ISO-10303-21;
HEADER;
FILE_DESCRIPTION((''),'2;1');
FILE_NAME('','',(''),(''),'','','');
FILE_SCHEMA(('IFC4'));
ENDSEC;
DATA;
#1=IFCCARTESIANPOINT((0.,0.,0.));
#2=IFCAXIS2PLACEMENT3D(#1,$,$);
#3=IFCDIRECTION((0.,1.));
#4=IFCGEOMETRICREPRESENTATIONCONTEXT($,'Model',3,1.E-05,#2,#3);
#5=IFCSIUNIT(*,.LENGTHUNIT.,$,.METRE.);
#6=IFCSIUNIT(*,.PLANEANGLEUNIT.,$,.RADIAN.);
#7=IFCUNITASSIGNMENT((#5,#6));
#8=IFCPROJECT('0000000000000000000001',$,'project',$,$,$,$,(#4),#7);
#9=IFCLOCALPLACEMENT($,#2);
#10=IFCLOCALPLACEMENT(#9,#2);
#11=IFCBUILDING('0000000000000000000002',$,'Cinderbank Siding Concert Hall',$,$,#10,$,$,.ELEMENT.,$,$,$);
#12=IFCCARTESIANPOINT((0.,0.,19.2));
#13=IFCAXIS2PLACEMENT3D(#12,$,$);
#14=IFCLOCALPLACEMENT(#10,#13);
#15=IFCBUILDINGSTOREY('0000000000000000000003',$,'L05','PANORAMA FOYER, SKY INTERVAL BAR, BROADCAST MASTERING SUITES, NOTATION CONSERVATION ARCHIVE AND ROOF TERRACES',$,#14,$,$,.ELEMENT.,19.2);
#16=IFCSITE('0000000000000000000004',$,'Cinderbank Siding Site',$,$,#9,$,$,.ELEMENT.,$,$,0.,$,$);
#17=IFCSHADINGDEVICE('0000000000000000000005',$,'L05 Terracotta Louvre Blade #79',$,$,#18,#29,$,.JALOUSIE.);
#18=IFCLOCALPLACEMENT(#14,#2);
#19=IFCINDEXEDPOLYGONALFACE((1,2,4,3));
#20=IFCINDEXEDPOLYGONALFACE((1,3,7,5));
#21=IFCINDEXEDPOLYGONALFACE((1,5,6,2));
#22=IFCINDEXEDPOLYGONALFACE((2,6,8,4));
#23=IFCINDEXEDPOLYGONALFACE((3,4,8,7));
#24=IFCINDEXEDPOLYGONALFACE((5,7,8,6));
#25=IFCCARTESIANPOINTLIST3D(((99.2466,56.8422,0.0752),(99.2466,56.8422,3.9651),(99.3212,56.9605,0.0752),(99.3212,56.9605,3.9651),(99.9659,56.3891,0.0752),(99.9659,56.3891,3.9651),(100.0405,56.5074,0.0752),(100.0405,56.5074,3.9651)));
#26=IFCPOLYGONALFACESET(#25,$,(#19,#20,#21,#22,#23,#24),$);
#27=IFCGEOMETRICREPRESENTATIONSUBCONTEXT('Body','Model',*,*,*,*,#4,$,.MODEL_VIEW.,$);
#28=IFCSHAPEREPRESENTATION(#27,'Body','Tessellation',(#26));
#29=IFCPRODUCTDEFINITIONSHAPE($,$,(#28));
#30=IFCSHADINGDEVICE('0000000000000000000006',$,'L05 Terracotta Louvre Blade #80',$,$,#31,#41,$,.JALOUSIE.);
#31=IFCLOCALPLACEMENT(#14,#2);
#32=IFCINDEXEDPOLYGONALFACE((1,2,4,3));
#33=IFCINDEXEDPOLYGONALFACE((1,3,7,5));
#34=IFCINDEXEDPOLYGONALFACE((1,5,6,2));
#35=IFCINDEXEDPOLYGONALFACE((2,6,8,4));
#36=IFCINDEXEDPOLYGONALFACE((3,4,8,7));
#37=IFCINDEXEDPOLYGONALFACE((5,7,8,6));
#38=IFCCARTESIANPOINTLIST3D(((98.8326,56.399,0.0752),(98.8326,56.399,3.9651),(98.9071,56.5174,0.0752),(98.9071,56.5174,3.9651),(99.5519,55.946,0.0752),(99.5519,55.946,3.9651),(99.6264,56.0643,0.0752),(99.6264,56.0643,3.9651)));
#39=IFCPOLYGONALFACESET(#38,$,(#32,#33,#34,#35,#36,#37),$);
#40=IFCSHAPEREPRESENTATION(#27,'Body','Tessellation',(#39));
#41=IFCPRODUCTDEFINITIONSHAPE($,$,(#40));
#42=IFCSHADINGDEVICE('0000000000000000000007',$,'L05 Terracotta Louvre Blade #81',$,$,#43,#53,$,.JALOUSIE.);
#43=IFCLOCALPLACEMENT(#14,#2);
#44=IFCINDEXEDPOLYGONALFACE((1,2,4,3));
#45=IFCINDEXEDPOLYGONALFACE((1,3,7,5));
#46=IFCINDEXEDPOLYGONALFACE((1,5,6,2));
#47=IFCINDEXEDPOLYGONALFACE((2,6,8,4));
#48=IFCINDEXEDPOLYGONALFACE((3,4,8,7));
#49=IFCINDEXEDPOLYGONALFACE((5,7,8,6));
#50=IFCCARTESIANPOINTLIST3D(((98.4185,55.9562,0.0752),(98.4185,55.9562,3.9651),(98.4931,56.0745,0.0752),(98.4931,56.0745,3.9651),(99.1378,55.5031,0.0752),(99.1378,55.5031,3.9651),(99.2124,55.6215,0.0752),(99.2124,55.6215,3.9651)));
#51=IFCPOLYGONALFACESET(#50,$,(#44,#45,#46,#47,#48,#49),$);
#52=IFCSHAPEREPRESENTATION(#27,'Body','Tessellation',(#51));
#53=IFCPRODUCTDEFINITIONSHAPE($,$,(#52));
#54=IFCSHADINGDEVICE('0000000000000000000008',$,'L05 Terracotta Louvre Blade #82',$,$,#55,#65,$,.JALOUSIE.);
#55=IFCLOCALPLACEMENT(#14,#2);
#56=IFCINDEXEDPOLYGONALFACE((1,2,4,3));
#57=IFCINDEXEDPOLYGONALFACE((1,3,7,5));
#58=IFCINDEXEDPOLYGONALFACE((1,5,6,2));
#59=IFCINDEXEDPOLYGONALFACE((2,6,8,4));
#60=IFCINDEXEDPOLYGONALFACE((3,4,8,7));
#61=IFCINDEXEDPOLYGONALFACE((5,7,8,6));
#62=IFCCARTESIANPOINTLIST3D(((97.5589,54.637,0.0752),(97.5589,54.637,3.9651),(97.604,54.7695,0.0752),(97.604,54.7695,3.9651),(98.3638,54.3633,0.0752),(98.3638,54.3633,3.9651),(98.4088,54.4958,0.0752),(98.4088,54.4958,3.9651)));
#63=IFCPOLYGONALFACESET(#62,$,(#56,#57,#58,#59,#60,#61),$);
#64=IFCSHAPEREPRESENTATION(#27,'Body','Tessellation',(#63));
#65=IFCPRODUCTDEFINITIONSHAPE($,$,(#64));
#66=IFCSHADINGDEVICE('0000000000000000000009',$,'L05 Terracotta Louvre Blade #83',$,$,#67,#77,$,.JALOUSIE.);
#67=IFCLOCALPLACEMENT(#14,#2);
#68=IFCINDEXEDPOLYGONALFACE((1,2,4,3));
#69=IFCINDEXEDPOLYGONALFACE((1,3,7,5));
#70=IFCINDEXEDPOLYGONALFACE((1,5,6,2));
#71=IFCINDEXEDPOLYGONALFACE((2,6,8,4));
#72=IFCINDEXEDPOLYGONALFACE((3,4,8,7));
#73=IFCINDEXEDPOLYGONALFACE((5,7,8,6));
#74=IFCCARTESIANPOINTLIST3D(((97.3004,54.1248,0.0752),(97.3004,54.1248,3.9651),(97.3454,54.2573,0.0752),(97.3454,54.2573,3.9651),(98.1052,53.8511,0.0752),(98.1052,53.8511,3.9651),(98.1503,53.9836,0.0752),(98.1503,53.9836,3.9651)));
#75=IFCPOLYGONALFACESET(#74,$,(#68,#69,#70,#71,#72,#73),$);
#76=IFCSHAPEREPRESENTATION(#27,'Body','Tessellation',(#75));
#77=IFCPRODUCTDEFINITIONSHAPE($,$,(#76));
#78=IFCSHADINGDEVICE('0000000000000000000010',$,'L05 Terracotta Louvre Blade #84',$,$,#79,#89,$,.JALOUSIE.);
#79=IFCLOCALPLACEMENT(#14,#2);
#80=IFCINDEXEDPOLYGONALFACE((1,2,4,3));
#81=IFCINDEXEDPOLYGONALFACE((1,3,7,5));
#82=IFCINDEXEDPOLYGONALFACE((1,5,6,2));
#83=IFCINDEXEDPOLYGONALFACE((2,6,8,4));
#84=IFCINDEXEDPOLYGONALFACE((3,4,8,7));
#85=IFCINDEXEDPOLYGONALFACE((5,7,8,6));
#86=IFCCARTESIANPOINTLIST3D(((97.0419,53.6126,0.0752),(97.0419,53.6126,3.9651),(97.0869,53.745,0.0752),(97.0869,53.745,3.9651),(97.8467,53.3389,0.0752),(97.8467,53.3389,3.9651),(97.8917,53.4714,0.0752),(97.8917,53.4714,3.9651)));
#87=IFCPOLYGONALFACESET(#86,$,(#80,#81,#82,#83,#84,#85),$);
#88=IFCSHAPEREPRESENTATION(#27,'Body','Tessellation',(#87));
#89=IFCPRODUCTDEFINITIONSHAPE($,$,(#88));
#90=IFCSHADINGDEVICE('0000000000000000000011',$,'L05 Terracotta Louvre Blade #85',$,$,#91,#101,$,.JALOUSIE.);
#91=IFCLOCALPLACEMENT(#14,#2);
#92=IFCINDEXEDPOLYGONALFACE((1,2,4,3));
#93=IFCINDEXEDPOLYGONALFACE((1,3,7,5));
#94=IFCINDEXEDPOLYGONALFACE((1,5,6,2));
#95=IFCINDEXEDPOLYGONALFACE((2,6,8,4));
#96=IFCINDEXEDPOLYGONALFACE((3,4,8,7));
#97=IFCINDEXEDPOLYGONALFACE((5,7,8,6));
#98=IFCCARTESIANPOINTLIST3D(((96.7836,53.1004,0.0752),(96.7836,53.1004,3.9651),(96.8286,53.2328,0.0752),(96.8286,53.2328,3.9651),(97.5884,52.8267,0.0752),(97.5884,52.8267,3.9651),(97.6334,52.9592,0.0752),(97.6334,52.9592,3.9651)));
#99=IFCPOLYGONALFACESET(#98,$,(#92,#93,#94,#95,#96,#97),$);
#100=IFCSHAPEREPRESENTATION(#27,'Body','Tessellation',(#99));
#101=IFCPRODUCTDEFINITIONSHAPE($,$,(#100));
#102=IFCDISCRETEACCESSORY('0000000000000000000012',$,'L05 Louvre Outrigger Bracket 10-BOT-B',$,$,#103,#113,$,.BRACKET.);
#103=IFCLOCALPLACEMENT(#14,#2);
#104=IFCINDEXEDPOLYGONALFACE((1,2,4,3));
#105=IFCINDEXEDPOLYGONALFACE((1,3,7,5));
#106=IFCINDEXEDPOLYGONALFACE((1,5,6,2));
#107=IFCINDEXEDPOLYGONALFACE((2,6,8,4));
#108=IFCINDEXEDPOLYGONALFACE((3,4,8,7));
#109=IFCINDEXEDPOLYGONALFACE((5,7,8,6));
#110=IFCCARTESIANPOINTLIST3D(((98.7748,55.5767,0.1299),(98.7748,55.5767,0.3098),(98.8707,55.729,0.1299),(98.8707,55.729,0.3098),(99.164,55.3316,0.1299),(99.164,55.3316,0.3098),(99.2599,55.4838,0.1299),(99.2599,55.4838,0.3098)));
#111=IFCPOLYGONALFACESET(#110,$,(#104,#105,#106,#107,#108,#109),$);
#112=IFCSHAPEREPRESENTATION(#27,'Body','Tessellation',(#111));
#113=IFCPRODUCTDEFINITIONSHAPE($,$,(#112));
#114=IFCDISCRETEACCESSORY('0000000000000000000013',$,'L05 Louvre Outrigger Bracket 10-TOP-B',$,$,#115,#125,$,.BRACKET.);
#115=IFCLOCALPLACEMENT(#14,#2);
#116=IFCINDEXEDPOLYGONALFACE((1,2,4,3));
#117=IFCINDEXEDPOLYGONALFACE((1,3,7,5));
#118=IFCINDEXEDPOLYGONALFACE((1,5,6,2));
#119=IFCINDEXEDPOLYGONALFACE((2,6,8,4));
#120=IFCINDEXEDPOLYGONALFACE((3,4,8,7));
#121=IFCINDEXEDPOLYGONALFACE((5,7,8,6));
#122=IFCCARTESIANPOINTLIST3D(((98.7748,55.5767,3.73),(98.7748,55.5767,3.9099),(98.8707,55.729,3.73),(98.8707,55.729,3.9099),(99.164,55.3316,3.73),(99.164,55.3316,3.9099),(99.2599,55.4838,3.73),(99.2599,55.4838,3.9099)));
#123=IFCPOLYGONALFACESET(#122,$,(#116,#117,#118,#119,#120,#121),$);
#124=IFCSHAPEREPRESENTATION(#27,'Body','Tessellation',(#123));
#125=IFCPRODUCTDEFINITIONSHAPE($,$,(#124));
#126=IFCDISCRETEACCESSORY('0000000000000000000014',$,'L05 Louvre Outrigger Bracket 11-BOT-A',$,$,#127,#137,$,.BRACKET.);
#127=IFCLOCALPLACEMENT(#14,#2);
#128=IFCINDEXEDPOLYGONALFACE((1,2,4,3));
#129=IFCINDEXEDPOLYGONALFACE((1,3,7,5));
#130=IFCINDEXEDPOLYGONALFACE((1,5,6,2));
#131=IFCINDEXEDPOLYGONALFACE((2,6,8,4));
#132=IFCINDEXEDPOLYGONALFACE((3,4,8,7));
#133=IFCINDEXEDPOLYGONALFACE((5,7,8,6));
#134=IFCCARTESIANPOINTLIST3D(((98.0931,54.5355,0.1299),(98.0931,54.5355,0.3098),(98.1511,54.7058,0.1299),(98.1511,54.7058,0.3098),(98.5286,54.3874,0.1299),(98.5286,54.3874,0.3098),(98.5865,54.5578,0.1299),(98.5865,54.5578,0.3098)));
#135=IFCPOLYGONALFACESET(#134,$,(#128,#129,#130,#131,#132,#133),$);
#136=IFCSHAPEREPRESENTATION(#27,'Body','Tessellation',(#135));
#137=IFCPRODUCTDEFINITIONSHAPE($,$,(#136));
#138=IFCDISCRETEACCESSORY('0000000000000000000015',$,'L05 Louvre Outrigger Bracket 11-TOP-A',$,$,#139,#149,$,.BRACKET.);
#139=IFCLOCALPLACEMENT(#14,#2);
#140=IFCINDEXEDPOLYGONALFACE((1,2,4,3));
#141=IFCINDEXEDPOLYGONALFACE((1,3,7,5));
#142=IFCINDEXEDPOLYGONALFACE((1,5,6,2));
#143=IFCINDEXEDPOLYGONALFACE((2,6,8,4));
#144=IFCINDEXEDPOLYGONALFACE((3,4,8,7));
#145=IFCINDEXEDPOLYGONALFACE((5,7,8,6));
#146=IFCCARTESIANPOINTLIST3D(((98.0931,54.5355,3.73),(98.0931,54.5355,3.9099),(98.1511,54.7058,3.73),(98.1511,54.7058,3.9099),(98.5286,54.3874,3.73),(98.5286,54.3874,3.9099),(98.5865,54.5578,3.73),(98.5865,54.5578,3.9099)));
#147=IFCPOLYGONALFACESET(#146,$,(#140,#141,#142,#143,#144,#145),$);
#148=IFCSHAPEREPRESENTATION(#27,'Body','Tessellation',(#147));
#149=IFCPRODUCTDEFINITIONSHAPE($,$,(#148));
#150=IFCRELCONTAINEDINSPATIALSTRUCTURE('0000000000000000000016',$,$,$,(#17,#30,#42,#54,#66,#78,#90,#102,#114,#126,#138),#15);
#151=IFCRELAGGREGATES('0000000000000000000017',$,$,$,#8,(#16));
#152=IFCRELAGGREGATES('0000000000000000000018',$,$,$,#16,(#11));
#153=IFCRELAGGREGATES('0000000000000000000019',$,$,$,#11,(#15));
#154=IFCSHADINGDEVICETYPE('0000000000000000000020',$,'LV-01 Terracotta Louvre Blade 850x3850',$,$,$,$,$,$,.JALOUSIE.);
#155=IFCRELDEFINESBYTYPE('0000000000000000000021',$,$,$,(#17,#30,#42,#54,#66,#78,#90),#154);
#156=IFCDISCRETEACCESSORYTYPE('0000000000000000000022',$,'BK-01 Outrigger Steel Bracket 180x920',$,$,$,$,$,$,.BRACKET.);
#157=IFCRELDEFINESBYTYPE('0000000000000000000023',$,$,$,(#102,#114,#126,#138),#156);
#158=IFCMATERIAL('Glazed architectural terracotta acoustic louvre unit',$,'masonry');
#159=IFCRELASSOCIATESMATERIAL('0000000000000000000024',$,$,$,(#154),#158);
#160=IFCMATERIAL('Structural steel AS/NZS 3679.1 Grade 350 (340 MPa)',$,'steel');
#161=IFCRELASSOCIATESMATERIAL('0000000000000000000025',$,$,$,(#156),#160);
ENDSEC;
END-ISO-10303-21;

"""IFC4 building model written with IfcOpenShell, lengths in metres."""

from ifc_helpers import new_model, si_unit, direction, frame, origin, origin_2d, place, context, subcontext, project, spatial, rectangle, extrude, material, type_object, element, save


model = new_model("IFC4")

# Units and contexts
model_context = context("Model", 3, precision=1e-05, world=origin(), true_north=direction((0.0, 1.0)))
body_context = subcontext(model_context, "Body", "Model", "MODEL_VIEW")
ifc_project = project(units=[si_unit("LENGTHUNIT", "METRE"), si_unit("PLANEANGLEUNIT", "RADIAN")], contexts=[model_context])

# Site, building, storey
site_placement = place(None, origin())
site = spatial("IfcSite", under=ifc_project, at=site_placement, Name="Cinderbank Siding Site", CompositionType="ELEMENT", RefElevation=0.0)
building_placement = place(site_placement, origin())
building = spatial("IfcBuilding", under=site, at=building_placement, Name="Cinderbank Siding Concert Hall", CompositionType="ELEMENT")
storey_placement = place(building_placement, frame((0.0, 0.0, 19.2)))
storey = spatial("IfcBuildingStorey", under=building, at=storey_placement, Name="L05", Description="PANORAMA FOYER, SKY INTERVAL BAR, BROADCAST MASTERING SUITES, NOTATION CONSERVATION ARCHIVE AND ROOF TERRACES", CompositionType="ELEMENT", Elevation=19.2)

# Shared definitions
ifc_material_1 = material(Name="Structural steel AS/NZS 3679.1 Grade 350 (340 MPa)", Category="steel")

# Shading devices
ifc_material_2 = material(Name="Glazed architectural terracotta acoustic louvre unit", Category="masonry")
shading_device_type = type_object("IfcShadingDeviceType", Name="LV-01 Terracotta Louvre Blade 850x3850", PredefinedType="JALOUSIE", material=ifc_material_2)
for number, where, z_axis, x_axis, name in (
    (1, (99.6436, 56.6748, 0.0752), (0.0, 0.0, 1.0), (-0.846132, 0.532973, 0.0), "L05 Terracotta Louvre Blade #79"),
    (2, (99.2295, 56.2317, 0.0752), (0.0, 0.0, 1.0), (-0.846132, 0.532973, 0.0), "L05 Terracotta Louvre Blade #80"),
    (3, (98.8154, 55.7888, 0.0752), (0.0, 0.0, 1.0), (-0.846132, 0.532973, 0.0), "L05 Terracotta Louvre Blade #81"),
    (4, (97.9839, 54.5664, 0.0752), (0.0, 0.0, 1.0), (-0.946765, 0.321924, 0.0), "L05 Terracotta Louvre Blade #82"),
    (5, (97.7253, 54.0542, 0.0752), (0.0, 0.0, 1.0), (-0.946765, 0.321924, 0.0), "L05 Terracotta Louvre Blade #83"),
    (6, (97.4668, 53.542, 0.0752), (0.0, 0.0, 1.0), (-0.946765, 0.321924, 0.0), "L05 Terracotta Louvre Blade #84"),
    (7, (97.2085, 53.0298, 0.0752), (0.0, 0.0, 1.0), (-0.946765, 0.321924, 0.0), "L05 Terracotta Louvre Blade #85"),
):
    element("IfcShadingDevice", number, at=place(storey_placement, frame(where, z_axis=z_axis, x_axis=x_axis)), inside=storey, type_object=shading_device_type, Name=name, PredefinedType="JALOUSIE", context=body_context, shape_type="SweptSolid", body=[
        extrude(rectangle(XDim=0.8501, YDim=0.1399, at=origin_2d()), origin(), (0.0, 0.0, 1.0), 3.8899),
    ])

# Discrete accessories
discrete_accessory_type = type_object("IfcDiscreteAccessoryType", Name="BK-01 Outrigger Steel Bracket 180x920", PredefinedType="BRACKET", material=ifc_material_1)
for number, where, z_axis, x_axis, name in (
    (8, (99.0173, 55.5303, 0.1299), (0.0, 0.0, 1.0), (-0.846132, 0.532973, 0.0), "L05 Louvre Outrigger Bracket 10-BOT-B"),
    (9, (99.0173, 55.5303, 3.73), (0.0, 0.0, 1.0), (-0.846132, 0.532973, 0.0), "L05 Louvre Outrigger Bracket 10-TOP-B"),
    (10, (98.3398, 54.5466, 0.1299), (0.0, 0.0, 1.0), (-0.946765, 0.321924, 0.0), "L05 Louvre Outrigger Bracket 11-BOT-A"),
    (11, (98.3398, 54.5466, 3.73), (0.0, 0.0, 1.0), (-0.946765, 0.321924, 0.0), "L05 Louvre Outrigger Bracket 11-TOP-A"),
):
    element("IfcDiscreteAccessory", number, at=place(storey_placement, frame(where, z_axis=z_axis, x_axis=x_axis)), inside=storey, type_object=discrete_accessory_type, Name=name, PredefinedType="BRACKET", context=body_context, shape_type="SweptSolid", body=[
        extrude(rectangle(XDim=0.46, YDim=0.1799, at=origin_2d()), origin(), (0.0, 0.0, 1.0), 0.1799),
    ])

save(model, "model.ifc")
